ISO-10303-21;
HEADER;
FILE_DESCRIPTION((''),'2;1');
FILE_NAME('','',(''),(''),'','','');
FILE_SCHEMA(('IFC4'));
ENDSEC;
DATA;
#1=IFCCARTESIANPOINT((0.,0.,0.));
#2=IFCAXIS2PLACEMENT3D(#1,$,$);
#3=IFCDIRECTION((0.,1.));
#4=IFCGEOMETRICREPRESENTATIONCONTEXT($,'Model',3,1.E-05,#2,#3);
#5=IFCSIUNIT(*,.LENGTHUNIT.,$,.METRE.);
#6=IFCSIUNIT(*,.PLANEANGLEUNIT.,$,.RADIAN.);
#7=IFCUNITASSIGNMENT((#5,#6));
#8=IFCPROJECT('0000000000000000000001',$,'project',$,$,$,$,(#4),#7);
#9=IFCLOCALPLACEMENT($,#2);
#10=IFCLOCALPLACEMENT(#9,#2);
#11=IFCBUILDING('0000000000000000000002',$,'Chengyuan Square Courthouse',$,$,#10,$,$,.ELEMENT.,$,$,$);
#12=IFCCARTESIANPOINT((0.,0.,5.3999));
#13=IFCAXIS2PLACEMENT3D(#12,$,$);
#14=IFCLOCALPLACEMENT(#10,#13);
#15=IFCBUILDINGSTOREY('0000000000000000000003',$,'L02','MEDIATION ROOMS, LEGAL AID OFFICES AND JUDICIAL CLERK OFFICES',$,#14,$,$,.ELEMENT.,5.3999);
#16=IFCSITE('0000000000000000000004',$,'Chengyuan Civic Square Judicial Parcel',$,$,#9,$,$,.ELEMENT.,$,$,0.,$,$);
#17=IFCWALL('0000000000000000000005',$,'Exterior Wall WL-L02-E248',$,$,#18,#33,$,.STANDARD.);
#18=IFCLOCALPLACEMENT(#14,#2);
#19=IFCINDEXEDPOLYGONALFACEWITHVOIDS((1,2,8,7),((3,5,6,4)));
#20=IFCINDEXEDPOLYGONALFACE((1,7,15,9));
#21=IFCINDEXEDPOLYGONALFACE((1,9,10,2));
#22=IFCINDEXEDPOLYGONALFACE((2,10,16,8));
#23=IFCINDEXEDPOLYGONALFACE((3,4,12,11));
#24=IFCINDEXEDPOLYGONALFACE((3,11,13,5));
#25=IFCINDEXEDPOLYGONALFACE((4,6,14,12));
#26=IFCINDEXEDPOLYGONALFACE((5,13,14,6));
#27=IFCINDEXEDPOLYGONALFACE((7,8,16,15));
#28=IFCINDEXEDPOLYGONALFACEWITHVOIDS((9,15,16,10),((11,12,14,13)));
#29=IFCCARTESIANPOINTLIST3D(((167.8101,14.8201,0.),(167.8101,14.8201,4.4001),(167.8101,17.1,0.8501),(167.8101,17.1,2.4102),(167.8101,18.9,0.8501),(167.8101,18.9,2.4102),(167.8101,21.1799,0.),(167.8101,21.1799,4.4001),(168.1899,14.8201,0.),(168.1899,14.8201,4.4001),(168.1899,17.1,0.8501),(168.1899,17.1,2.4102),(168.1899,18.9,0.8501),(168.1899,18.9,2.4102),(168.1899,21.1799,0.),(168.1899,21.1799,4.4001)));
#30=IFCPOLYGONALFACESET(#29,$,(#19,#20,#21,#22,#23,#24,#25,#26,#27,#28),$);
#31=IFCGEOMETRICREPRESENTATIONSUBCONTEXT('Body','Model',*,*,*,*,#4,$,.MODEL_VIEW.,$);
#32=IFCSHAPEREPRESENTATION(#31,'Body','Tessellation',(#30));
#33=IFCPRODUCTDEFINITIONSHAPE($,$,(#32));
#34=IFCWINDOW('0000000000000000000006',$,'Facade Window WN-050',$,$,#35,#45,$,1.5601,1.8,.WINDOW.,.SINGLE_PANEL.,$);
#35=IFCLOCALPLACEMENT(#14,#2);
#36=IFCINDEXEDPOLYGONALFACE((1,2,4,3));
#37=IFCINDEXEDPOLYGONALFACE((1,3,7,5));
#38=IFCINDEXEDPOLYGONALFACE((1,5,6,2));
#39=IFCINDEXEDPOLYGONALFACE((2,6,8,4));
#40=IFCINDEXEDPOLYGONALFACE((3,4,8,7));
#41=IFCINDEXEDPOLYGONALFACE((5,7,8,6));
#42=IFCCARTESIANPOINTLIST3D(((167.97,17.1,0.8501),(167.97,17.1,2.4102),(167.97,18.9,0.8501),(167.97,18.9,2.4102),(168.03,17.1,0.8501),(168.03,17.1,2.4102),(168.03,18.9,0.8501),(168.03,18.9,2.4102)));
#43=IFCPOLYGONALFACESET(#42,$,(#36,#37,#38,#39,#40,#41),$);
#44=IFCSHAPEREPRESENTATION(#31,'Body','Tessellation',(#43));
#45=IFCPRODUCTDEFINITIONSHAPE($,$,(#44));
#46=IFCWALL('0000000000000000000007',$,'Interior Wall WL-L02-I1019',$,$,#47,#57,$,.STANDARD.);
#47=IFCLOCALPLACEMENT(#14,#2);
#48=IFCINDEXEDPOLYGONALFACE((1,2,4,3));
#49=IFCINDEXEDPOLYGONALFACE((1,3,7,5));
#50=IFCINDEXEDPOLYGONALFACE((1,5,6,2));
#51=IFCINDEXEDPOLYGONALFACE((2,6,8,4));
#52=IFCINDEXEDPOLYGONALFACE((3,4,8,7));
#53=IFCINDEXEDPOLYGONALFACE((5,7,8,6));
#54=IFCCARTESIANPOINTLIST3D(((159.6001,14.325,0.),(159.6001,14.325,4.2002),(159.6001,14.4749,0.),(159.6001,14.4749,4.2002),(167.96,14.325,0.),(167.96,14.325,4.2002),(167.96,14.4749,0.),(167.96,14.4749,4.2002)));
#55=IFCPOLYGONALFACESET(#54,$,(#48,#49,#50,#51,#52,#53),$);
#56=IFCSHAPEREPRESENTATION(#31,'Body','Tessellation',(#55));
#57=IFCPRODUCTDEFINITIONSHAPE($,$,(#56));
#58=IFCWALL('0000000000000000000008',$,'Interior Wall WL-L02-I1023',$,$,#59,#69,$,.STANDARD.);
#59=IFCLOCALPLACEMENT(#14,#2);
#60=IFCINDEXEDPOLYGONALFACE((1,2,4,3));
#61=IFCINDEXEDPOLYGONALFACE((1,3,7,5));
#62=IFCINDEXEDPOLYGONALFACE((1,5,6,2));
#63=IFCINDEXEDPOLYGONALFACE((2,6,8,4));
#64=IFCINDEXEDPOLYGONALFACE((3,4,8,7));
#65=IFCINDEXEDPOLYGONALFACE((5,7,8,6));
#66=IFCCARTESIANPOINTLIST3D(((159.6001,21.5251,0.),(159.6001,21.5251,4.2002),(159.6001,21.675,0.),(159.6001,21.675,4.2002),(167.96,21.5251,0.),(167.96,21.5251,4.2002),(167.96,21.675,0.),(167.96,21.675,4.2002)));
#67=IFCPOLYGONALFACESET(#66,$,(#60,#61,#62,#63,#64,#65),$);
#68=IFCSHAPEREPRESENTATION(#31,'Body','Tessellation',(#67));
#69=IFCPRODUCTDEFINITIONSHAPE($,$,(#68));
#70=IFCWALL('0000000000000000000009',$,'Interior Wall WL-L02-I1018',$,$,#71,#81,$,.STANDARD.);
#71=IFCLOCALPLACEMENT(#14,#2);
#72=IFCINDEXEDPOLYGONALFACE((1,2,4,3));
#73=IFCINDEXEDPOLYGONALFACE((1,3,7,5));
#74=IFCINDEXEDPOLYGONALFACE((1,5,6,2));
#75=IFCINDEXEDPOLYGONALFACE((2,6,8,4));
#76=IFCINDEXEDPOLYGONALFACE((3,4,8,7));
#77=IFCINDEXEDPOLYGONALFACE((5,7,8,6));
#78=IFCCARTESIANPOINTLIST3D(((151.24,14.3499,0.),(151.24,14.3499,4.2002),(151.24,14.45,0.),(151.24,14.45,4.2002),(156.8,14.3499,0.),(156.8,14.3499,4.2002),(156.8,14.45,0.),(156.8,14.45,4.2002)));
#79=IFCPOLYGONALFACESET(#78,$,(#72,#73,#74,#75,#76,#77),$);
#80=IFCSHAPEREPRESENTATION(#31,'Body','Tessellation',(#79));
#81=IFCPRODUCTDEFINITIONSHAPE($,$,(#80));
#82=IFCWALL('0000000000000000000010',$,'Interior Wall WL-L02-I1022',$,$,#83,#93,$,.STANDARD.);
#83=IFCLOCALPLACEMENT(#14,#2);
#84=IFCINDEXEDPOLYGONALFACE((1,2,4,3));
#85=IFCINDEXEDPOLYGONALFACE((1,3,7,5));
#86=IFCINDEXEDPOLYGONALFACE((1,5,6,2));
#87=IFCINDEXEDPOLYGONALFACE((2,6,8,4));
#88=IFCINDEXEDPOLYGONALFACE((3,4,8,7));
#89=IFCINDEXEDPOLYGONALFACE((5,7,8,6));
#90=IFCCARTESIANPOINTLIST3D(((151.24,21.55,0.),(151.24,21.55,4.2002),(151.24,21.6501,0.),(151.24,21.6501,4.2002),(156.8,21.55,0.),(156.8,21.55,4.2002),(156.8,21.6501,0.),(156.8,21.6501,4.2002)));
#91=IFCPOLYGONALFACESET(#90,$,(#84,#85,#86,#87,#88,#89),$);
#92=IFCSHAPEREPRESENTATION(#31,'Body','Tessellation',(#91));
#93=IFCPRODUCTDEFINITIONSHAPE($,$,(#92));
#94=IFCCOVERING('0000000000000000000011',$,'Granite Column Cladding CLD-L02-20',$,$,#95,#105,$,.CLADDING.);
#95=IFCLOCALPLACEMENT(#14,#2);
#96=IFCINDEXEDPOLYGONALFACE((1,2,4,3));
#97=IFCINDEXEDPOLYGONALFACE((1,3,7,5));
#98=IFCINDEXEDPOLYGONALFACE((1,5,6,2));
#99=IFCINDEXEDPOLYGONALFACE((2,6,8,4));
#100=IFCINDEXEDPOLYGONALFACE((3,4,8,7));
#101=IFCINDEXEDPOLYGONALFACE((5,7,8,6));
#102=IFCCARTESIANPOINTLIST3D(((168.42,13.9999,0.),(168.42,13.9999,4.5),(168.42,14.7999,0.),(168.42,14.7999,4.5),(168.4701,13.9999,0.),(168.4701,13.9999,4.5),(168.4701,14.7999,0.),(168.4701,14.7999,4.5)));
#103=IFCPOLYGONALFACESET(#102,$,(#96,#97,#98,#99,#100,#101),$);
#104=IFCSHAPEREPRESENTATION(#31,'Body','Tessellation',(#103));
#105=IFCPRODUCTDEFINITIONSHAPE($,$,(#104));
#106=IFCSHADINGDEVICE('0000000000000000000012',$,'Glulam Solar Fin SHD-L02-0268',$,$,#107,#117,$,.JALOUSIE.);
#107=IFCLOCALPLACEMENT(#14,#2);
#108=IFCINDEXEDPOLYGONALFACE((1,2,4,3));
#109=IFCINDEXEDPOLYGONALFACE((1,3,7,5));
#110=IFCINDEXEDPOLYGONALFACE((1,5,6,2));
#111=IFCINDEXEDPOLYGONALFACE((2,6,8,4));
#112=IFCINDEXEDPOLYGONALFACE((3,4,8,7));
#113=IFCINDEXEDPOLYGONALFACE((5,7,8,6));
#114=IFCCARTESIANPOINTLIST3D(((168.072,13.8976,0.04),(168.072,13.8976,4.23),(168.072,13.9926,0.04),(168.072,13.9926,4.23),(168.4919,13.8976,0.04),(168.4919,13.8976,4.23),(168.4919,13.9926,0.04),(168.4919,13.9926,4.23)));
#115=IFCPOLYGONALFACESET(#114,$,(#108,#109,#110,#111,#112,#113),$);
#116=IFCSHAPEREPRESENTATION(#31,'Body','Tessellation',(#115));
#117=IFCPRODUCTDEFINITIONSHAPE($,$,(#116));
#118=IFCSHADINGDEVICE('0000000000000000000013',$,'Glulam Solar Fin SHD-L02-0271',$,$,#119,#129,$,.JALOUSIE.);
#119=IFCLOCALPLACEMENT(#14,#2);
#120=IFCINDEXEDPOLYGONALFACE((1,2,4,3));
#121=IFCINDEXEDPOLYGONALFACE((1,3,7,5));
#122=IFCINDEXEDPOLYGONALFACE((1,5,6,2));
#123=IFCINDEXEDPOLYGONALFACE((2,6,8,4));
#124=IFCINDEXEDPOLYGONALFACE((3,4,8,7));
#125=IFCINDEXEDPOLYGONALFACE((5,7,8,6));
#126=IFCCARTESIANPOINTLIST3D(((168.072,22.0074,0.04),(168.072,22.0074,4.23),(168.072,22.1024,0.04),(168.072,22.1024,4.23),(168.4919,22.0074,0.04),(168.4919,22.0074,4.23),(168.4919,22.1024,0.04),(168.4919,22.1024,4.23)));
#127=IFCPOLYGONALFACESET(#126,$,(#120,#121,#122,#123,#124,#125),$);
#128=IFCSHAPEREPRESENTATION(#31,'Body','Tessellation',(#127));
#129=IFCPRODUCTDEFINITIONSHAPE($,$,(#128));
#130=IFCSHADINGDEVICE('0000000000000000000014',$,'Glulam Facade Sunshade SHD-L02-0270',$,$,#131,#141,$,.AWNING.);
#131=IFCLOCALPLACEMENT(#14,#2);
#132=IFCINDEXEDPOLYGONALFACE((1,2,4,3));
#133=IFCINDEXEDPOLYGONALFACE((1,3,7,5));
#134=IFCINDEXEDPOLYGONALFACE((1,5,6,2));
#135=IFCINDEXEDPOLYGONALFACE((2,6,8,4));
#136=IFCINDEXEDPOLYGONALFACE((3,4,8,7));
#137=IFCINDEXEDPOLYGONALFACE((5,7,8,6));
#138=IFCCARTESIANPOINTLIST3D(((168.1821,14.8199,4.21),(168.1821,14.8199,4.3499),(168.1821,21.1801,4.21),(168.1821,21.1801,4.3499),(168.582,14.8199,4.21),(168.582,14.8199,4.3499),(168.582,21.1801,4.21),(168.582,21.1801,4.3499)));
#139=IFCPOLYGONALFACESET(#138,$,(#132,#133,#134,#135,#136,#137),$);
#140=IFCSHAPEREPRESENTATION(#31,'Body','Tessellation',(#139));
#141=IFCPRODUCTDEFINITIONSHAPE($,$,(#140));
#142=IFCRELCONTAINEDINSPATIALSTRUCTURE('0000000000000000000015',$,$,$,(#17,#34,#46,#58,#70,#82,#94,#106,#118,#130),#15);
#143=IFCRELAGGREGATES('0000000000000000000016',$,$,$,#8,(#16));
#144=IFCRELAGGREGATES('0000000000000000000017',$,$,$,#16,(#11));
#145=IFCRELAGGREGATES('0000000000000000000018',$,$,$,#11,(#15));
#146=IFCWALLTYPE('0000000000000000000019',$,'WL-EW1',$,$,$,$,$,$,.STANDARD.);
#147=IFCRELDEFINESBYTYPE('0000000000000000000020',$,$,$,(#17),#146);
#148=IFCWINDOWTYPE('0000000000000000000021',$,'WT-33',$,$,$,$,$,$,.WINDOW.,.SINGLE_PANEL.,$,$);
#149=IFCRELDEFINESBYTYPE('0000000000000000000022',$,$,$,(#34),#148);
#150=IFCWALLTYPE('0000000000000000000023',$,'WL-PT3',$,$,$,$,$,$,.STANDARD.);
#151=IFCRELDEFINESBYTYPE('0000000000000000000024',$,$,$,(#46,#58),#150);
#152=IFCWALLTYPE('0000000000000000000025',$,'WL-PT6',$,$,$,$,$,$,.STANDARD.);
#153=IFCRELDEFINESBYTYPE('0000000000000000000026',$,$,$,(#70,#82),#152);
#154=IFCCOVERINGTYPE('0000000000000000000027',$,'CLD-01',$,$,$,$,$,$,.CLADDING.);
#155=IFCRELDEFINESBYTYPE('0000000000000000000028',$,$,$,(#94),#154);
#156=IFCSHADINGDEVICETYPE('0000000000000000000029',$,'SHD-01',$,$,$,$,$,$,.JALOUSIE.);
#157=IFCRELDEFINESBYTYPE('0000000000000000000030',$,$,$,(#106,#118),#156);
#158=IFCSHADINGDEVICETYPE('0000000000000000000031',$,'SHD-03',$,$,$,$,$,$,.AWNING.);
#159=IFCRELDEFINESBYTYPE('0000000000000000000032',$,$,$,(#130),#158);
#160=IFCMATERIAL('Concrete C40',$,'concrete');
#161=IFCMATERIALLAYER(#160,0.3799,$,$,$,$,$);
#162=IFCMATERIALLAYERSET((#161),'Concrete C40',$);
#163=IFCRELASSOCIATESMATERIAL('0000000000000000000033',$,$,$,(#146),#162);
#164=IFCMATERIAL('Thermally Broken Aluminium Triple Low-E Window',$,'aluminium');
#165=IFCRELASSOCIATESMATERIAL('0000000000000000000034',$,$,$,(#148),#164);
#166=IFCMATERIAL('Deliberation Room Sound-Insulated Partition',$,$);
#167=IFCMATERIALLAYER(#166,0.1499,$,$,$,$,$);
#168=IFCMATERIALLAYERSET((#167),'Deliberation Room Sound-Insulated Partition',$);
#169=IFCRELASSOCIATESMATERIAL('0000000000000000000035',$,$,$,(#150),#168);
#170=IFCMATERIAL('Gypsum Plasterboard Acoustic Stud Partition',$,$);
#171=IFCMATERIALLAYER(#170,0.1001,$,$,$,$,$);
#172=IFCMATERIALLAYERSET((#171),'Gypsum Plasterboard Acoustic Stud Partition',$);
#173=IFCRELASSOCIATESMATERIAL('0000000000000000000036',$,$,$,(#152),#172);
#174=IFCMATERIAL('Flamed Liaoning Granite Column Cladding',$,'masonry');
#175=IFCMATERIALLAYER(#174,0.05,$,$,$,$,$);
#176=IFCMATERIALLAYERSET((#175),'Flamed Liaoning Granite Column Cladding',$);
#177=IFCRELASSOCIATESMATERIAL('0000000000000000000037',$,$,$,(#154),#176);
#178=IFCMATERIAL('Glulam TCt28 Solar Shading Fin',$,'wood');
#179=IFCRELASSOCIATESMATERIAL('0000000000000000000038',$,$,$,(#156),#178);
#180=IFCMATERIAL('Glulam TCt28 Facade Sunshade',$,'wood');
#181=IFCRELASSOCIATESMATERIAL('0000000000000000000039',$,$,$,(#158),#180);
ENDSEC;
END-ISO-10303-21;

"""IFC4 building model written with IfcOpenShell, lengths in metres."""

from ifc_helpers import new_model, si_unit, direction, frame, frame_2d, origin, origin_2d, place, context, subcontext, project, spatial, rectangle, extrude, material, layer, layer_set, type_object, element, fill, save


model = new_model("IFC4")

# Units and contexts
model_context = context("Model", 3, precision=1e-05, world=origin(), true_north=direction((0.0, 1.0)))
body_context = subcontext(model_context, "Body", "Model", "MODEL_VIEW")
ifc_project = project(units=[si_unit("LENGTHUNIT", "METRE"), si_unit("PLANEANGLEUNIT", "RADIAN")], contexts=[model_context])

# Site, building, storey
site_placement = place(None, origin())
site = spatial("IfcSite", under=ifc_project, at=site_placement, Name="Chengyuan Civic Square Judicial Parcel", CompositionType="ELEMENT", RefElevation=0.0)
building_placement = place(site_placement, origin())
building = spatial("IfcBuilding", under=site, at=building_placement, Name="Chengyuan Square Courthouse", CompositionType="ELEMENT")
storey_placement = place(building_placement, frame((0.0, 0.0, 5.3999)))
storey = spatial("IfcBuildingStorey", under=building, at=storey_placement, Name="L02", Description="MEDIATION ROOMS, LEGAL AID OFFICES AND JUDICIAL CLERK OFFICES", CompositionType="ELEMENT", Elevation=5.3999)

# Shared definitions
ifc_material_1 = material(Name="Concrete C40", Category="concrete")

# Wall, opening, window
ifc_layer_1 = layer(ifc_material_1, 0.3799)
ifc_layer_set_1 = layer_set([ifc_layer_1], Name="Concrete C40")
wall_type_1 = type_object("IfcWallType", Name="WL-EW1", PredefinedType="STANDARD", material=ifc_layer_set_1)
wall_placement = place(storey_placement, frame((168.0, 14.8201, 0.0), z_axis=(0.0, 0.0, 1.0), x_axis=(0.0, 1.0, 0.0)))
wall = element("IfcWall", 1, at=wall_placement, inside=storey, type_object=wall_type_1, Name="Exterior Wall WL-L02-E248", PredefinedType="STANDARD", context=body_context, shape_type="SweptSolid", body=[
    extrude(rectangle(XDim=6.3599, YDim=0.3799, at=frame_2d((3.1799, 0.0))), origin(), (0.0, 0.0, 1.0), 4.4001),
])
opening_placement = place(wall_placement, frame((2.28, 0.0, 0.8501)))
opening = element("IfcOpeningElement", 2, at=opening_placement, cuts=wall, PredefinedType="OPENING", context=body_context, shape_type="SweptSolid", body=[
    extrude(rectangle(XDim=1.8, YDim=1.5601, at=frame_2d((0.8999, 0.78))), frame((0.0, 0.2019, 0.0), z_axis=(0.0, -1.0, 0.0), x_axis=(1.0, 0.0, 0.0)), (0.0, 0.0, 1.0), 0.4038),
])
ifc_material_2 = material(Name="Thermally Broken Aluminium Triple Low-E Window", Category="aluminium")
window_type = type_object("IfcWindowType", Name="WT-33", PartitioningType="SINGLE_PANEL", PredefinedType="WINDOW", material=ifc_material_2)
window_placement = place(opening_placement, origin())
window = element("IfcWindow", 3, at=window_placement, inside=storey, type_object=window_type, Name="Facade Window WN-050", OverallHeight=1.5601, OverallWidth=1.8, PartitioningType="SINGLE_PANEL", PredefinedType="WINDOW", context=body_context, shape_type="SweptSolid", body=[
    extrude(rectangle(XDim=1.8, YDim=1.5601, at=frame_2d((0.8999, 0.78))), frame((0.0, 0.03, 0.0), z_axis=(0.0, -1.0, 0.0), x_axis=(1.0, 0.0, 0.0)), (0.0, 0.0, 1.0), 0.0601),
])
fill(opening, window)

# Walls
ifc_material_3 = material(Name="Deliberation Room Sound-Insulated Partition")
ifc_layer_2 = layer(ifc_material_3, 0.1499)
ifc_layer_set_2 = layer_set([ifc_layer_2], Name="Deliberation Room Sound-Insulated Partition")
wall_type_2 = type_object("IfcWallType", Name="WL-PT3", PredefinedType="STANDARD", material=ifc_layer_set_2)
for number, where, z_axis, x_axis, name in (
    (4, (159.6001, 14.3999, 0.0), (0.0, 0.0, 1.0), (1.0, 0.0, 0.0), "Interior Wall WL-L02-I1019"),
    (5, (159.6001, 21.6001, 0.0), (0.0, 0.0, 1.0), (1.0, 0.0, 0.0), "Interior Wall WL-L02-I1023"),
):
    element("IfcWall", number, at=place(storey_placement, frame(where, z_axis=z_axis, x_axis=x_axis)), inside=storey, type_object=wall_type_2, Name=name, PredefinedType="STANDARD", context=body_context, shape_type="SweptSolid", body=[
        extrude(rectangle(XDim=8.3599, YDim=0.1499, at=frame_2d((4.1799, 0.0))), origin(), (0.0, 0.0, 1.0), 4.2002),
    ])
ifc_material_4 = material(Name="Gypsum Plasterboard Acoustic Stud Partition")
ifc_layer_3 = layer(ifc_material_4, 0.1001)
ifc_layer_set_3 = layer_set([ifc_layer_3], Name="Gypsum Plasterboard Acoustic Stud Partition")
wall_type_3 = type_object("IfcWallType", Name="WL-PT6", PredefinedType="STANDARD", material=ifc_layer_set_3)
for number, where, z_axis, x_axis, name in (
    (6, (151.24, 14.3999, 0.0), (0.0, 0.0, 1.0), (1.0, 0.0, 0.0), "Interior Wall WL-L02-I1018"),
    (7, (151.24, 21.6001, 0.0), (0.0, 0.0, 1.0), (1.0, 0.0, 0.0), "Interior Wall WL-L02-I1022"),
):
    element("IfcWall", number, at=place(storey_placement, frame(where, z_axis=z_axis, x_axis=x_axis)), inside=storey, type_object=wall_type_3, Name=name, PredefinedType="STANDARD", context=body_context, shape_type="SweptSolid", body=[
        extrude(rectangle(XDim=5.5601, YDim=0.1001, at=frame_2d((2.78, 0.0))), origin(), (0.0, 0.0, 1.0), 4.2002),
    ])

# Covering
ifc_material_5 = material(Name="Flamed Liaoning Granite Column Cladding", Category="masonry")
ifc_layer_4 = layer(ifc_material_5, 0.05)
ifc_layer_set_4 = layer_set([ifc_layer_4], Name="Flamed Liaoning Granite Column Cladding")
covering_type = type_object("IfcCoveringType", Name="CLD-01", PredefinedType="CLADDING", material=ifc_layer_set_4)
covering_placement = place(storey_placement, frame((168.4451, 14.3999, 0.0), z_axis=(0.0, 0.0, 1.0), x_axis=(1.0, 0.0, 0.0)))
element("IfcCovering", 8, at=covering_placement, inside=storey, type_object=covering_type, Name="Granite Column Cladding CLD-L02-20", PredefinedType="CLADDING", context=body_context, shape_type="SweptSolid", body=[
    extrude(rectangle(XDim=0.05, YDim=0.8, at=origin_2d()), origin(), (0.0, 0.0, 1.0), 4.5),
])

# Shading devices
ifc_material_6 = material(Name="Glulam TCt28 Solar Shading Fin", Category="wood")
shading_device_type_1 = type_object("IfcShadingDeviceType", Name="SHD-01", PredefinedType="JALOUSIE", material=ifc_material_6)
for number, where, z_axis, x_axis, name in (
    (9, (168.282, 13.9451, 0.04), (0.0, 0.0, 1.0), (1.0, 0.0, 0.0), "Glulam Solar Fin SHD-L02-0268"),
    (10, (168.282, 22.0549, 0.04), (0.0, 0.0, 1.0), (1.0, 0.0, 0.0), "Glulam Solar Fin SHD-L02-0271"),
):
    element("IfcShadingDevice", number, at=place(storey_placement, frame(where, z_axis=z_axis, x_axis=x_axis)), inside=storey, type_object=shading_device_type_1, Name=name, PredefinedType="JALOUSIE", context=body_context, shape_type="SweptSolid", body=[
        extrude(rectangle(XDim=0.4199, YDim=0.095, at=origin_2d()), origin(), (0.0, 0.0, 1.0), 4.1899),
    ])
ifc_material_7 = material(Name="Glulam TCt28 Facade Sunshade", Category="wood")
shading_device_type_2 = type_object("IfcShadingDeviceType", Name="SHD-03", PredefinedType="AWNING", material=ifc_material_7)
shading_device_placement = place(storey_placement, frame((168.3821, 18.0, 4.21), z_axis=(0.0, 0.0, 1.0), x_axis=(0.0, 1.0, 0.0)))
element("IfcShadingDevice", 11, at=shading_device_placement, inside=storey, type_object=shading_device_type_2, Name="Glulam Facade Sunshade SHD-L02-0270", PredefinedType="AWNING", context=body_context, shape_type="SweptSolid", body=[
    extrude(rectangle(XDim=6.3601, YDim=0.3999, at=origin_2d()), origin(), (0.0, 0.0, 1.0), 0.1399),
])

save(model, "model.ifc")
